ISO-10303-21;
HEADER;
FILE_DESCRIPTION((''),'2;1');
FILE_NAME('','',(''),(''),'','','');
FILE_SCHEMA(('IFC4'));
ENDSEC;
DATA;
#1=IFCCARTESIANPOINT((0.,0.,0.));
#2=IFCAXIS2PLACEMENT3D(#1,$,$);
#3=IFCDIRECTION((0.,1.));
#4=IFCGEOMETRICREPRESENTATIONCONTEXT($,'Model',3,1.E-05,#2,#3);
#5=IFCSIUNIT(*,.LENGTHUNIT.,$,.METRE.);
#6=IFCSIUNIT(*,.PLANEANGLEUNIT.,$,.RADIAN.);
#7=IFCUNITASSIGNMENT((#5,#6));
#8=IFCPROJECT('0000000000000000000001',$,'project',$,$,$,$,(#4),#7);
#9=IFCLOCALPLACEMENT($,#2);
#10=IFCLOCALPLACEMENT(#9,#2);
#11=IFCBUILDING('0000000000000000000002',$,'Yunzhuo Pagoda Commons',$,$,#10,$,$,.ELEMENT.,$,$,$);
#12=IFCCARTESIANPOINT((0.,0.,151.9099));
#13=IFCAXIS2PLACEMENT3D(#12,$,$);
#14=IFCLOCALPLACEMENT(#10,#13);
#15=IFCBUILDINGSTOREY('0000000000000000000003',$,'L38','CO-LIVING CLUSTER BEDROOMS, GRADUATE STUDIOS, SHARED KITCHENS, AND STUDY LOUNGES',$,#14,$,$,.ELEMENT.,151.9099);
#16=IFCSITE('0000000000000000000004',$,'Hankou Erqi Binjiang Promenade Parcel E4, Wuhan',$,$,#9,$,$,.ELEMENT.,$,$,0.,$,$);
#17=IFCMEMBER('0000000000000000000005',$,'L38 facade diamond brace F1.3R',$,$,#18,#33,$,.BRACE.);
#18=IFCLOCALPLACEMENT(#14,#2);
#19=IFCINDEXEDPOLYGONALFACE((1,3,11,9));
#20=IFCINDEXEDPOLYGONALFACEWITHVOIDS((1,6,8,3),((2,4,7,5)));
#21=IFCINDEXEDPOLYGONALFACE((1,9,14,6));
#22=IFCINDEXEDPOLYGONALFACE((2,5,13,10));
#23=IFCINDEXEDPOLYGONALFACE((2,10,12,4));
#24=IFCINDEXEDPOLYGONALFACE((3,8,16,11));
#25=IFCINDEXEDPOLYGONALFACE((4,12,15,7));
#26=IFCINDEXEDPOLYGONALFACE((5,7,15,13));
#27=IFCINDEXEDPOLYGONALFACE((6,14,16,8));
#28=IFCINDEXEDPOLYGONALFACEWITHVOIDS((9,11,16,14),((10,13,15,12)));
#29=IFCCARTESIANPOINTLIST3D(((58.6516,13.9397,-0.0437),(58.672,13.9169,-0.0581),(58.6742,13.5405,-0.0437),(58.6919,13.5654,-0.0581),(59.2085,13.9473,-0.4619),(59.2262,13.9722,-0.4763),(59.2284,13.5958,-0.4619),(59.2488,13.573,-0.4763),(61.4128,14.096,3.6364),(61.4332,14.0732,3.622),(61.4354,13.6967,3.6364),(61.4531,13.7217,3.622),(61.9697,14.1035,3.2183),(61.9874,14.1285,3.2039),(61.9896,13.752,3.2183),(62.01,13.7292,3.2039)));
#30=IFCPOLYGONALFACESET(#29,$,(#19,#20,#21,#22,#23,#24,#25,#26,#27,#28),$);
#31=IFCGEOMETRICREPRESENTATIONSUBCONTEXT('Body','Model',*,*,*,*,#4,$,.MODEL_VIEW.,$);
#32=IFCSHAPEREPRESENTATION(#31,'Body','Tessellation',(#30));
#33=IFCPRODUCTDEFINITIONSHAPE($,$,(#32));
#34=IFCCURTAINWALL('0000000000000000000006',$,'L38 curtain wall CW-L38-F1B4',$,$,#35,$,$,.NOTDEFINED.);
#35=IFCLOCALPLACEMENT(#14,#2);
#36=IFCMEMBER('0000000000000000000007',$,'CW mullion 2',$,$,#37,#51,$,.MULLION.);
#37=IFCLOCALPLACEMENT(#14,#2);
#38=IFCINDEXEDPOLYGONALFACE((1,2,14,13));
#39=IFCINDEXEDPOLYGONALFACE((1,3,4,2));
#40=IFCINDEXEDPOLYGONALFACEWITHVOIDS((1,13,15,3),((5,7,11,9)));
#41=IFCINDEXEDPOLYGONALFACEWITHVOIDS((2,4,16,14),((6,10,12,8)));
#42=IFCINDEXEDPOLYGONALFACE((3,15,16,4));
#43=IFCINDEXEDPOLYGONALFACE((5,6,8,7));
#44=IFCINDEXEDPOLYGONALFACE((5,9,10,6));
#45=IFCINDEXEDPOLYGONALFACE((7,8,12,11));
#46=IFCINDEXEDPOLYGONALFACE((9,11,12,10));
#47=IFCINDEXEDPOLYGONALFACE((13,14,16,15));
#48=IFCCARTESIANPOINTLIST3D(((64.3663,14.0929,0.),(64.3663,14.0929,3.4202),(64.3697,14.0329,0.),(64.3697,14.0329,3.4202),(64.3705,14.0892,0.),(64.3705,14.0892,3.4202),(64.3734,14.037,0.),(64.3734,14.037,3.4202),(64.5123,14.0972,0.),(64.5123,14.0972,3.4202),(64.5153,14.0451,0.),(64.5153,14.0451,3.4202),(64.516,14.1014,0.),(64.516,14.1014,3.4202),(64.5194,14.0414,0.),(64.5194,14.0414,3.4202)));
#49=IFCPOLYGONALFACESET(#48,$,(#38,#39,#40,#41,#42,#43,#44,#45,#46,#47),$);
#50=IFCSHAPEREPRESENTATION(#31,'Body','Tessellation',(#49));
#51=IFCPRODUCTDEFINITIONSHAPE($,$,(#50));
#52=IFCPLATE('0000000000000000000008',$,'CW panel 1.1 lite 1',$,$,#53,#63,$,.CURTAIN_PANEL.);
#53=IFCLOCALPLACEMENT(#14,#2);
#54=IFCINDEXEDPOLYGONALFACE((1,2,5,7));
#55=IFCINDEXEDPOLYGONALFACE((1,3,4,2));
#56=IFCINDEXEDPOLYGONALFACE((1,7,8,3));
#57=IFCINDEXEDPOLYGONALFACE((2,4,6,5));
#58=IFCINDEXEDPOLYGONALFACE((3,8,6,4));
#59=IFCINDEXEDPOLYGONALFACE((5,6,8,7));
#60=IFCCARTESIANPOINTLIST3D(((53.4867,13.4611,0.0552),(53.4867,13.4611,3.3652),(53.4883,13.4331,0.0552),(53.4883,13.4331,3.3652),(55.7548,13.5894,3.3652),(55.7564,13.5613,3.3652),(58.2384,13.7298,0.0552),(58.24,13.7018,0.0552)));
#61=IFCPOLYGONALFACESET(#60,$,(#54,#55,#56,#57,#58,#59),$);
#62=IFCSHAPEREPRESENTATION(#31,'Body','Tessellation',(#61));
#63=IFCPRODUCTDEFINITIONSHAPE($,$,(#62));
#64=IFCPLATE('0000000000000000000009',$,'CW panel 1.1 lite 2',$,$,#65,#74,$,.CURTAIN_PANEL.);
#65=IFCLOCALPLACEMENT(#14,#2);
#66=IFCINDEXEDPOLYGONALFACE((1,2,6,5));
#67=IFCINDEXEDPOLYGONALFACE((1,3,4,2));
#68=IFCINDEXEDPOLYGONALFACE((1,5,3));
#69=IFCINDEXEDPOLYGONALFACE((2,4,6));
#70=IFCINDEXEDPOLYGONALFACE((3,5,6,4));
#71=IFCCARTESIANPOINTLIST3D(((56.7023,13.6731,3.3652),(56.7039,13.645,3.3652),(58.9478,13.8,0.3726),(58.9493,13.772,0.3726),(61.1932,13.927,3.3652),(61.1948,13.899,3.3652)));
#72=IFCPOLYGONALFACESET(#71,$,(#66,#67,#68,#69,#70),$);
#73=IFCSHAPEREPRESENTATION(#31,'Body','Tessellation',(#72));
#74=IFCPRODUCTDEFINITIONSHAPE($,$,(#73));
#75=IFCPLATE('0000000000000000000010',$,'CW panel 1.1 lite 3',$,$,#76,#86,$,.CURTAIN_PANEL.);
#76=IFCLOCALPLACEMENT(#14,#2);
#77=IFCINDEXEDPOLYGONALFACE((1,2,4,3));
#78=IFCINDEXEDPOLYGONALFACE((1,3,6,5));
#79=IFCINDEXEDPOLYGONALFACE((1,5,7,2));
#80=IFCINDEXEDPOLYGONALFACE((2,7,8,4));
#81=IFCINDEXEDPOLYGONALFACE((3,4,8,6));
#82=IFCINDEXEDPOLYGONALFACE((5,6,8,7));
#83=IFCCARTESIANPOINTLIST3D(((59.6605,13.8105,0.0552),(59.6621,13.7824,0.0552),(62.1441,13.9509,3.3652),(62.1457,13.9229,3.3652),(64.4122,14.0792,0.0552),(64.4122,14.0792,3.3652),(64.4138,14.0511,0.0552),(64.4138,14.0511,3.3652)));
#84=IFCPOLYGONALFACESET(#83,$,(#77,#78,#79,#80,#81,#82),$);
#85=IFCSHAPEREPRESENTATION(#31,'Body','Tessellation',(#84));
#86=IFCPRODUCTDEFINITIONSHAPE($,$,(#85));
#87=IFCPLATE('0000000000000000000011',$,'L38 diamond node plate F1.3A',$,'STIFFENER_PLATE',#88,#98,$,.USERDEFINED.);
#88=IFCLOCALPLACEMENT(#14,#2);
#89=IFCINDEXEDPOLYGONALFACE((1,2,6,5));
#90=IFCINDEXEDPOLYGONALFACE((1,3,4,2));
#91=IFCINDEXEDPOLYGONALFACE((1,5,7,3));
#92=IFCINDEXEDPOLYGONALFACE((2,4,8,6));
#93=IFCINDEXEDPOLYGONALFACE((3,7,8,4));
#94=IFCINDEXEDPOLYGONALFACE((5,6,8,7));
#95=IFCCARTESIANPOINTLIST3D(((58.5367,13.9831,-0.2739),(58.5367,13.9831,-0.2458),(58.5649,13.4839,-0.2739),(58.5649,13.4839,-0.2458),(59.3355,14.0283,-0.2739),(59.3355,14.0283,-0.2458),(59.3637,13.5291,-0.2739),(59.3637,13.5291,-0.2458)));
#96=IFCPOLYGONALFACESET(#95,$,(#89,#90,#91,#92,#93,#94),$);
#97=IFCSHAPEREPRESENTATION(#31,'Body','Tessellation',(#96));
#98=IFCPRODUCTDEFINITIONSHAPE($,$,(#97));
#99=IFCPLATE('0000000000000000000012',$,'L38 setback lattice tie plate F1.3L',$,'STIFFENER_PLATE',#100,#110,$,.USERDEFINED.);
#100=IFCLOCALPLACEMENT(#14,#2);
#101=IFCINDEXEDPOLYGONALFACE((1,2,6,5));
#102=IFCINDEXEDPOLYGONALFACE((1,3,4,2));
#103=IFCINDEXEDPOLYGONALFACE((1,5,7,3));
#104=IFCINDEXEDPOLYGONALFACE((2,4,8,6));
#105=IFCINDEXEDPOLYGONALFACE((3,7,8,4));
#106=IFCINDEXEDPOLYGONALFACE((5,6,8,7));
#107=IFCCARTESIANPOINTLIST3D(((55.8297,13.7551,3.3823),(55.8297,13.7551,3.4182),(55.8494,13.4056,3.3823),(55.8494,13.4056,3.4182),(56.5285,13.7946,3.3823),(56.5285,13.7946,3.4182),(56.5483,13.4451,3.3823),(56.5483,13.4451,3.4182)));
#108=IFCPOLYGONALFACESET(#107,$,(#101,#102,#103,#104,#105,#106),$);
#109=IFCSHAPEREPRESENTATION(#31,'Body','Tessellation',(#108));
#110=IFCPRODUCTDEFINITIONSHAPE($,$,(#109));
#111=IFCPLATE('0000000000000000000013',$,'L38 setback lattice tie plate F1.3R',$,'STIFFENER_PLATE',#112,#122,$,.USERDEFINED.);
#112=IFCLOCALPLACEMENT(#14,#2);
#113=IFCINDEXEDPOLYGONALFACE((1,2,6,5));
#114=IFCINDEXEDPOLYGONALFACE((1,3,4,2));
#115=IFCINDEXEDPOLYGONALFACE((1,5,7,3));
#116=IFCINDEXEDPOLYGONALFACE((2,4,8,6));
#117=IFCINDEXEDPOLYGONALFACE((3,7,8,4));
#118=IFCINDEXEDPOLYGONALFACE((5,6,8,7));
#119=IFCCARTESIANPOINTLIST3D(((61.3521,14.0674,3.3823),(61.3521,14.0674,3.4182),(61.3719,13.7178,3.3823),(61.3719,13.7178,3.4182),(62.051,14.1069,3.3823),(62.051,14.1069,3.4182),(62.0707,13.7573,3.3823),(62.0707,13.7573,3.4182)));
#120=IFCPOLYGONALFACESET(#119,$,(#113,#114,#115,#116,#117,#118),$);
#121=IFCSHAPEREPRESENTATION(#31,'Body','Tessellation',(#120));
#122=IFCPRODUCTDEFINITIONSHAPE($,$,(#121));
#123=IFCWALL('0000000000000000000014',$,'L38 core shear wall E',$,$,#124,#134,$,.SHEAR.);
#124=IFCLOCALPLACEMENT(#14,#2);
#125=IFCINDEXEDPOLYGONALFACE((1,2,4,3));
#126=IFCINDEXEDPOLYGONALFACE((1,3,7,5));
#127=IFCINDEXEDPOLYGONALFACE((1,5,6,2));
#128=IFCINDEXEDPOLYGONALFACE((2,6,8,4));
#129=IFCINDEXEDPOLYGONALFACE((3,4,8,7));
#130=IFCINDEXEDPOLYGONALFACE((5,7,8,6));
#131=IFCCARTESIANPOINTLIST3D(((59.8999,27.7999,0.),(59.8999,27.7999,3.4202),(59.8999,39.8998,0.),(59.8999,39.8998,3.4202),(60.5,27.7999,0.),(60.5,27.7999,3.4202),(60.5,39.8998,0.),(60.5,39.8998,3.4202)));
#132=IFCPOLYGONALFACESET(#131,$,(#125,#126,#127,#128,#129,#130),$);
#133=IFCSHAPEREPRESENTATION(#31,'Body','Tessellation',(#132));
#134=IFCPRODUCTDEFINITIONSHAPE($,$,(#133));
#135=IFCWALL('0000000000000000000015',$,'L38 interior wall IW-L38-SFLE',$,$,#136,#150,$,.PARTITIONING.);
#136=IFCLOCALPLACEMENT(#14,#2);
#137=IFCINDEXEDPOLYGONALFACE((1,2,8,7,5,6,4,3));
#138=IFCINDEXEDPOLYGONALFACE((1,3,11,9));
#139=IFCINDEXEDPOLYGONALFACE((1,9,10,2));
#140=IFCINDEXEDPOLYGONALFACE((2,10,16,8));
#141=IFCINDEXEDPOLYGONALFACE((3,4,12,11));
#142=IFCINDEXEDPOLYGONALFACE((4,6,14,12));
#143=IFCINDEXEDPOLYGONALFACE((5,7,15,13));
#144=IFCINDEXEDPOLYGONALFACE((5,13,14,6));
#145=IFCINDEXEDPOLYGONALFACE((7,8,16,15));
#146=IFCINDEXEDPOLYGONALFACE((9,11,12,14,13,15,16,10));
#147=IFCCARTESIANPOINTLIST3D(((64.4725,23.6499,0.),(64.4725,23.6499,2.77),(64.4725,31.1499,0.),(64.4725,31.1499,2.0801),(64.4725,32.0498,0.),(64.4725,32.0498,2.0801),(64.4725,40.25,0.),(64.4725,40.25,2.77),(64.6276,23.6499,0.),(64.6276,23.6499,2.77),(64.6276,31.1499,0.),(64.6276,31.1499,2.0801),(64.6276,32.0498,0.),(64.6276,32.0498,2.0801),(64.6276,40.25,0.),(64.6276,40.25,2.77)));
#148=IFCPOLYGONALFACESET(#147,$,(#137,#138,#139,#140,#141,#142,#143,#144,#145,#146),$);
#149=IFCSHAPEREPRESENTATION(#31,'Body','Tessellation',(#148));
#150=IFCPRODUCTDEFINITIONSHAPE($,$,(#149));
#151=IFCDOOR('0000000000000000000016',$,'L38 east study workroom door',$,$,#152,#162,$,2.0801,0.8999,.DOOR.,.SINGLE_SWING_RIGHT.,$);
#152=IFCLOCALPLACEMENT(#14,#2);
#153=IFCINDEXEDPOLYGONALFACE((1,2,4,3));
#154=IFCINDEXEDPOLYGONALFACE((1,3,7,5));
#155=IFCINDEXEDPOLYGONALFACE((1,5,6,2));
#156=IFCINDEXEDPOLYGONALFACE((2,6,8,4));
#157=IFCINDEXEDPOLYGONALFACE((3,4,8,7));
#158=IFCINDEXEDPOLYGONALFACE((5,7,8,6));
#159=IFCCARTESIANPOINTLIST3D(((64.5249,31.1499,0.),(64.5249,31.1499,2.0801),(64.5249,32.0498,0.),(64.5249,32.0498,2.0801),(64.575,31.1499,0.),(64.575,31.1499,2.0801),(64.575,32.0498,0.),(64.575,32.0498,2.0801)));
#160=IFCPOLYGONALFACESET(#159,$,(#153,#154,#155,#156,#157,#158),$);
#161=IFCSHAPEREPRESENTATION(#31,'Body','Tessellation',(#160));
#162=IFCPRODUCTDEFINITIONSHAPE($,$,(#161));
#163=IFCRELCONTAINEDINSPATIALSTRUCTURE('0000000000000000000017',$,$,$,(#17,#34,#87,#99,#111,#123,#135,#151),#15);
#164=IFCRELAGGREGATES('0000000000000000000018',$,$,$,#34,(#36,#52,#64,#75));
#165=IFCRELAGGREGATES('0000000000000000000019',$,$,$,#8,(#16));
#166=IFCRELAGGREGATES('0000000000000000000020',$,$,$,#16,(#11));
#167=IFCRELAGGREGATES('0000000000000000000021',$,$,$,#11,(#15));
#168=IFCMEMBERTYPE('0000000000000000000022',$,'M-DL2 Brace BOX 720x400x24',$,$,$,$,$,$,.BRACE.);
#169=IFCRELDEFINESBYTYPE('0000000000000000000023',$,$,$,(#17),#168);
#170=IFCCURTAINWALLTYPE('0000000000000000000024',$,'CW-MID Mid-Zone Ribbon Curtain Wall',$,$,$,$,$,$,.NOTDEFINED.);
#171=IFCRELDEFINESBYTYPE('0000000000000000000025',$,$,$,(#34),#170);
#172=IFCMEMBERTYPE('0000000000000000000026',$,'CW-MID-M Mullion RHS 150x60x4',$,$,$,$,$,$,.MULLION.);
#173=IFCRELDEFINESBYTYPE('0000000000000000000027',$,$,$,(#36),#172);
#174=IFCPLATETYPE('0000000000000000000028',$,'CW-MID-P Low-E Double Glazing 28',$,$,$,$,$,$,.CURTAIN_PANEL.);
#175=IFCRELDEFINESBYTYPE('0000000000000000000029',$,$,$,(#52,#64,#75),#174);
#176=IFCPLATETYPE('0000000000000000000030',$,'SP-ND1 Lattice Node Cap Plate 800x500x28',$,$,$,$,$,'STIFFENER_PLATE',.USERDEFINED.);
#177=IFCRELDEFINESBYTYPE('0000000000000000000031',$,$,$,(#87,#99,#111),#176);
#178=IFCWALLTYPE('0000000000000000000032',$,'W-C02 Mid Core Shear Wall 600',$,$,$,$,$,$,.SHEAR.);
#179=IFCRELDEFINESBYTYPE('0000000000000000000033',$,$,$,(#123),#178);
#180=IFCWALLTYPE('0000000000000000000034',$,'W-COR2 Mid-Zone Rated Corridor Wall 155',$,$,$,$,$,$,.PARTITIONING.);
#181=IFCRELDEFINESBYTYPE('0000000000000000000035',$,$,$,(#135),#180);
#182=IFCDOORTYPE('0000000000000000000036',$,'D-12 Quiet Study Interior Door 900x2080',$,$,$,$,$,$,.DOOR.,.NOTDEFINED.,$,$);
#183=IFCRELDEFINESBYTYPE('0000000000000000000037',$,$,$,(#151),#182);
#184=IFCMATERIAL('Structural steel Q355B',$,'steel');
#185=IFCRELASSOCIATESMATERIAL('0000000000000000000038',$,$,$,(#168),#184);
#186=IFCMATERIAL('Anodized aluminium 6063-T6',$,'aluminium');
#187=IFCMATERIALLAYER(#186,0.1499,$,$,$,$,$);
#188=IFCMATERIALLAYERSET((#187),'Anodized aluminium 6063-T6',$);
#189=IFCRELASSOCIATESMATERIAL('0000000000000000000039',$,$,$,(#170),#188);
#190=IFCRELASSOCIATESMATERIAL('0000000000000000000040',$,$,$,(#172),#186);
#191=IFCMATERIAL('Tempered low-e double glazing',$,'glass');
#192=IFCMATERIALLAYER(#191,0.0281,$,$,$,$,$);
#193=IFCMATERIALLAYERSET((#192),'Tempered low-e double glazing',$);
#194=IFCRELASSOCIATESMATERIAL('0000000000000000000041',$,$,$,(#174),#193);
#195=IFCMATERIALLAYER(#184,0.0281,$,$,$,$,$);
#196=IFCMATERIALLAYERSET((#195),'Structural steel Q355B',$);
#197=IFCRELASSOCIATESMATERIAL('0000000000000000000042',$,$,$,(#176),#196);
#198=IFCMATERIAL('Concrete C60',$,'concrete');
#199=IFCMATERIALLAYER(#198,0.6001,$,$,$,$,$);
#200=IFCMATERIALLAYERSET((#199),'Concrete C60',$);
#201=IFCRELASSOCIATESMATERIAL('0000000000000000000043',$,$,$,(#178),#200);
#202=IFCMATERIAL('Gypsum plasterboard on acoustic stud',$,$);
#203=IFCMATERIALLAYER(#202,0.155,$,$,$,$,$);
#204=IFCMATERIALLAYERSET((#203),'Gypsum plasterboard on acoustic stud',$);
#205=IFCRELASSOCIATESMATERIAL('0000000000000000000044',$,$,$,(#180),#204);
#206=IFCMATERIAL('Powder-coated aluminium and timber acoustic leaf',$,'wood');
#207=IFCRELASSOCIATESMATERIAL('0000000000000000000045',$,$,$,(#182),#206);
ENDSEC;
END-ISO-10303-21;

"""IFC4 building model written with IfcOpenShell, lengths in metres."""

from ifc_helpers import new_model, si_unit, direction, frame, frame_2d, origin, origin_2d, place, context, subcontext, project, spatial, polyline, rectangle, hollow_rectangle, outline, extrude, source, transform, mapped, material, layer, layer_set, material_profile, profile_set, type_object, element, fill, aggregate, save


model = new_model("IFC4")

# Units and contexts
model_context = context("Model", 3, precision=1e-05, world=origin(), true_north=direction((0.0, 1.0)))
body_context = subcontext(model_context, "Body", "Model", "MODEL_VIEW")
ifc_project = project(units=[si_unit("LENGTHUNIT", "METRE"), si_unit("PLANEANGLEUNIT", "RADIAN")], contexts=[model_context])

# Site, building, storey
site_placement = place(None, origin())
site = spatial("IfcSite", under=ifc_project, at=site_placement, Name="Hankou Erqi Binjiang Promenade Parcel E4, Wuhan", CompositionType="ELEMENT", RefElevation=0.0)
building_placement = place(site_placement, origin())
building = spatial("IfcBuilding", under=site, at=building_placement, Name="Yunzhuo Pagoda Commons", CompositionType="ELEMENT")
storey_placement = place(building_placement, frame((0.0, 0.0, 151.9099)))
storey = spatial("IfcBuildingStorey", under=building, at=storey_placement, Name="L38", Description="CO-LIVING CLUSTER BEDROOMS, GRADUATE STUDIOS, SHARED KITCHENS, AND STUDY LOUNGES", CompositionType="ELEMENT", Elevation=151.9099)

# Shared definitions
ifc_material_1 = material(Name="Structural steel Q355B", Category="steel")

# Member
ifc_material_profile_1 = material_profile(ifc_material_1, hollow_rectangle(XDim=0.3999, YDim=0.72, WallThickness=0.0239, at=origin_2d()), Name="Structural steel Q355B")
ifc_profile_set_1 = profile_set([ifc_material_profile_1], Name="Structural steel Q355B")
member_type_1 = type_object("IfcMemberType", Name="M-DL2 Brace BOX 720x400x24", PredefinedType="BRACE", material=ifc_profile_set_1)
shared_shape_1 = source(origin(), body_context, "Body", "SweptSolid", [
    extrude(hollow_rectangle(XDim=0.3999, YDim=0.72, WallThickness=0.0239, at=origin_2d()), origin(), (0.0, 0.0, 1.0), 4.6035),
])
for number, where, z_axis, x_axis, name in (
    (1, (58.9502, 13.7563, -0.26), (0.599807, 0.033941, 0.799424), (-0.056497, 0.998403, 0.0), "L38 facade diamond brace F1.3R"),
):
    element("IfcMember", number, at=place(storey_placement, frame(where, z_axis=z_axis, x_axis=x_axis)), inside=storey, type_object=member_type_1, Name=name, PredefinedType="BRACE", context=body_context, shape_type="MappedRepresentation", body=[
        mapped(shared_shape_1, transform((0.0, 0.0, 0.0), scale=1.0)),
    ])

# Curtain wall, member, plates
ifc_material_2 = material(Name="Anodized aluminium 6063-T6", Category="aluminium")
ifc_layer_1 = layer(ifc_material_2, 0.1499)
ifc_layer_set_1 = layer_set([ifc_layer_1], Name="Anodized aluminium 6063-T6")
curtain_wall_type = type_object("IfcCurtainWallType", Name="CW-MID Mid-Zone Ribbon Curtain Wall", PredefinedType="NOTDEFINED", material=ifc_layer_set_1)
curtain_wall_placement = place(storey_placement, origin())
curtain_wall = element("IfcCurtainWall", 2, at=curtain_wall_placement, inside=storey, type_object=curtain_wall_type, Name="L38 curtain wall CW-L38-F1B4", PredefinedType="NOTDEFINED")
ifc_material_profile_2 = material_profile(ifc_material_2, hollow_rectangle(XDim=0.0601, YDim=0.1499, WallThickness=0.0039, at=origin_2d()), Name="Anodized aluminium 6063-T6")
ifc_profile_set_2 = profile_set([ifc_material_profile_2], Name="Anodized aluminium 6063-T6")
member_type_2 = type_object("IfcMemberType", Name="CW-MID-M Mullion RHS 150x60x4", PredefinedType="MULLION", material=ifc_profile_set_2)
shared_shape_2 = source(origin(), body_context, "Body", "SweptSolid", [
    extrude(hollow_rectangle(XDim=0.0601, YDim=0.1499, WallThickness=0.0039, at=origin_2d()), origin(), (0.0, 0.0, 1.0), 3.4202),
])
member_placement = place(storey_placement, frame((64.4429, 14.0671, 0.0), z_axis=(0.0, 0.0, 1.0), x_axis=(-0.056459, 0.998405, 0.0)))
member = element("IfcMember", 3, at=member_placement, type_object=member_type_2, Name="CW mullion 2", PredefinedType="MULLION", context=body_context, shape_type="MappedRepresentation", body=[
    mapped(shared_shape_2, transform((0.0, 0.0, 0.0), scale=1.0)),
])
ifc_material_3 = material(Name="Tempered low-e double glazing", Category="glass")
ifc_layer_2 = layer(ifc_material_3, 0.0281)
ifc_layer_set_2 = layer_set([ifc_layer_2], Name="Tempered low-e double glazing")
plate_type_1 = type_object("IfcPlateType", Name="CW-MID-P Low-E Double Glazing 28", PredefinedType="CURTAIN_PANEL", material=ifc_layer_set_2)
plate_1_placement = place(storey_placement, frame((55.8625, 13.5955, 1.7102), z_axis=(0.056459, -0.998405, 0.0), x_axis=(0.998405, 0.056459, 0.0)))
plate_1 = element("IfcPlate", 4, at=plate_1_placement, type_object=plate_type_1, Name="CW panel 1.1 lite 1", PredefinedType="CURTAIN_PANEL", context=body_context, shape_type="SweptSolid", body=[
    extrude(outline(polyline([(-2.3796, -1.655), (2.3796, -1.655), (-0.1079, 1.655), (-2.3796, 1.655), (-2.3796, -1.655)])), origin(), (0.0, 0.0, 1.0), 0.0281),
])
plate_2_placement = place(storey_placement, frame((58.9478, 13.8, 1.8689), z_axis=(0.056459, -0.998405, 0.0), x_axis=(0.998405, 0.056459, 0.0)))
plate_2 = element("IfcPlate", 5, at=plate_2_placement, type_object=plate_type_1, Name="CW panel 1.1 lite 2", PredefinedType="CURTAIN_PANEL", context=body_context, shape_type="SweptSolid", body=[
    extrude(outline(polyline([(-2.249, 1.4963), (0.0, -1.4963), (2.249, 1.4963), (-2.249, 1.4963)])), origin(), (0.0, 0.0, 1.0), 0.0281),
])
plate_3_placement = place(storey_placement, frame((62.0364, 13.9448, 1.7102), z_axis=(0.056459, -0.998405, 0.0), x_axis=(0.998405, 0.056459, 0.0)))
plate_3 = element("IfcPlate", 6, at=plate_3_placement, type_object=plate_type_1, Name="CW panel 1.1 lite 3", PredefinedType="CURTAIN_PANEL", context=body_context, shape_type="SweptSolid", body=[
    extrude(outline(polyline([(-2.3796, -1.655), (2.3796, -1.655), (2.3796, 1.655), (0.1079, 1.655), (-2.3796, -1.655)])), origin(), (0.0, 0.0, 1.0), 0.0281),
])
aggregate(curtain_wall, [member, plate_1, plate_2, plate_3])

# Plates
ifc_layer_3 = layer(ifc_material_1, 0.0281)
ifc_layer_set_3 = layer_set([ifc_layer_3], Name="Structural steel Q355B")
plate_type_2 = type_object("IfcPlateType", Name="SP-ND1 Lattice Node Cap Plate 800x500x28", ElementType="STIFFENER_PLATE", PredefinedType="USERDEFINED", material=ifc_layer_set_3)
shared_shape_3 = source(origin(), body_context, "Body", "SweptSolid", [
    extrude(rectangle(XDim=0.8, YDim=0.5, at=origin_2d()), origin(), (0.0, 0.0, 1.0), 0.0281),
])
plate_4_placement = place(storey_placement, frame((58.9502, 13.7561, -0.2739), z_axis=(0.0, 0.0, 1.0), x_axis=(0.998405, 0.056466, 0.0)))
element("IfcPlate", 7, at=plate_4_placement, inside=storey, type_object=plate_type_2, Name="L38 diamond node plate F1.3A", ObjectType="STIFFENER_PLATE", PredefinedType="USERDEFINED", context=body_context, shape_type="MappedRepresentation", body=[
    mapped(shared_shape_3, transform((0.0, 0.0, 0.0), scale=1.0)),
])
shared_shape_4 = source(origin(), body_context, "Body", "SweptSolid", [
    extrude(rectangle(XDim=0.7, YDim=0.3501, at=origin_2d()), origin(), (0.0, 0.0, 1.0), 0.0359),
])
for number, where, z_axis, x_axis, name in (
    (8, (56.189, 13.6001, 3.3823), (0.0, 0.0, 1.0), (0.998405, 0.056466, 0.0), "L38 setback lattice tie plate F1.3L"),
    (9, (61.7114, 13.9124, 3.3823), (0.0, 0.0, 1.0), (0.998405, 0.056466, 0.0), "L38 setback lattice tie plate F1.3R"),
):
    element("IfcPlate", number, at=place(storey_placement, frame(where, z_axis=z_axis, x_axis=x_axis)), inside=storey, type_object=plate_type_2, Name=name, ObjectType="STIFFENER_PLATE", PredefinedType="USERDEFINED", context=body_context, shape_type="MappedRepresentation", body=[
        mapped(shared_shape_4, transform((0.0, 0.0, 0.0), scale=1.0)),
    ])

# Wall
ifc_material_4 = material(Name="Concrete C60", Category="concrete")
ifc_layer_4 = layer(ifc_material_4, 0.6001)
ifc_layer_set_4 = layer_set([ifc_layer_4], Name="Concrete C60")
wall_type_1 = type_object("IfcWallType", Name="W-C02 Mid Core Shear Wall 600", PredefinedType="SHEAR", material=ifc_layer_set_4)
wall_1_placement = place(storey_placement, frame((60.2, 27.8, 0.0), z_axis=(0.0, 0.0, 1.0), x_axis=(0.0, 1.0, 0.0)))
element("IfcWall", 10, at=wall_1_placement, inside=storey, type_object=wall_type_1, Name="L38 core shear wall E", PredefinedType="SHEAR", context=body_context, shape_type="SweptSolid", body=[
    extrude(rectangle(XDim=12.0999, YDim=0.6001, at=frame_2d((6.0498, 0.0))), origin(), (0.0, 0.0, 1.0), 3.4202),
])

# Wall, opening, door
ifc_material_5 = material(Name="Gypsum plasterboard on acoustic stud")
ifc_layer_5 = layer(ifc_material_5, 0.155)
ifc_layer_set_5 = layer_set([ifc_layer_5], Name="Gypsum plasterboard on acoustic stud")
wall_type_2 = type_object("IfcWallType", Name="W-COR2 Mid-Zone Rated Corridor Wall 155", PredefinedType="PARTITIONING", material=ifc_layer_set_5)
wall_2_placement = place(storey_placement, frame((64.55, 23.6499, 0.0), z_axis=(0.0, 0.0, 1.0), x_axis=(0.0, 1.0, 0.0)))
wall_2 = element("IfcWall", 11, at=wall_2_placement, inside=storey, type_object=wall_type_2, Name="L38 interior wall IW-L38-SFLE", PredefinedType="PARTITIONING", context=body_context, shape_type="SweptSolid", body=[
    extrude(rectangle(XDim=16.6001, YDim=0.155, at=frame_2d((8.3, 0.0))), origin(), (0.0, 0.0, 1.0), 2.77),
])
opening_1_placement = place(wall_2_placement, frame((7.5, 0.0, 0.0)))
opening_1 = element("IfcOpeningElement", 12, at=opening_1_placement, cuts=wall_2, PredefinedType="OPENING", context=body_context, shape_type="SweptSolid", body=[
    extrude(rectangle(XDim=0.8999, YDim=2.0801, at=frame_2d((0.45, 1.04))), frame((0.0, 0.0874, 0.0), z_axis=(0.0, -1.0, 0.0), x_axis=(1.0, 0.0, 0.0)), (0.0, 0.0, 1.0), 0.175),
])
ifc_material_6 = material(Name="Powder-coated aluminium and timber acoustic leaf", Category="wood")
door_type_1 = type_object("IfcDoorType", Name="D-12 Quiet Study Interior Door 900x2080", OperationType="NOTDEFINED", PredefinedType="DOOR", material=ifc_material_6)
shared_shape_5 = source(origin(), body_context, "Body", "SweptSolid", [
    extrude(rectangle(XDim=0.8999, YDim=2.0801, at=frame_2d((0.45, 1.04))), frame((0.0, 0.0249, 0.0), z_axis=(0.0, -1.0, 0.0), x_axis=(1.0, 0.0, 0.0)), (0.0, 0.0, 1.0), 0.05),
])
door_1_placement = place(opening_1_placement, frame((0.8999, 0.0, 0.0), z_axis=(0.0, 0.0, 1.0), x_axis=(-1.0, 0.0, 0.0)))
door_1 = element("IfcDoor", 13, at=door_1_placement, inside=storey, type_object=door_type_1, Name="L38 east study workroom door", OperationType="SINGLE_SWING_RIGHT", OverallHeight=2.0801, OverallWidth=0.8999, PredefinedType="DOOR", context=body_context, shape_type="MappedRepresentation", body=[
    mapped(shared_shape_5, transform((0.0, 0.0, 0.0), scale=1.0)),
])
fill(opening_1, door_1)

save(model, "model.ifc")
